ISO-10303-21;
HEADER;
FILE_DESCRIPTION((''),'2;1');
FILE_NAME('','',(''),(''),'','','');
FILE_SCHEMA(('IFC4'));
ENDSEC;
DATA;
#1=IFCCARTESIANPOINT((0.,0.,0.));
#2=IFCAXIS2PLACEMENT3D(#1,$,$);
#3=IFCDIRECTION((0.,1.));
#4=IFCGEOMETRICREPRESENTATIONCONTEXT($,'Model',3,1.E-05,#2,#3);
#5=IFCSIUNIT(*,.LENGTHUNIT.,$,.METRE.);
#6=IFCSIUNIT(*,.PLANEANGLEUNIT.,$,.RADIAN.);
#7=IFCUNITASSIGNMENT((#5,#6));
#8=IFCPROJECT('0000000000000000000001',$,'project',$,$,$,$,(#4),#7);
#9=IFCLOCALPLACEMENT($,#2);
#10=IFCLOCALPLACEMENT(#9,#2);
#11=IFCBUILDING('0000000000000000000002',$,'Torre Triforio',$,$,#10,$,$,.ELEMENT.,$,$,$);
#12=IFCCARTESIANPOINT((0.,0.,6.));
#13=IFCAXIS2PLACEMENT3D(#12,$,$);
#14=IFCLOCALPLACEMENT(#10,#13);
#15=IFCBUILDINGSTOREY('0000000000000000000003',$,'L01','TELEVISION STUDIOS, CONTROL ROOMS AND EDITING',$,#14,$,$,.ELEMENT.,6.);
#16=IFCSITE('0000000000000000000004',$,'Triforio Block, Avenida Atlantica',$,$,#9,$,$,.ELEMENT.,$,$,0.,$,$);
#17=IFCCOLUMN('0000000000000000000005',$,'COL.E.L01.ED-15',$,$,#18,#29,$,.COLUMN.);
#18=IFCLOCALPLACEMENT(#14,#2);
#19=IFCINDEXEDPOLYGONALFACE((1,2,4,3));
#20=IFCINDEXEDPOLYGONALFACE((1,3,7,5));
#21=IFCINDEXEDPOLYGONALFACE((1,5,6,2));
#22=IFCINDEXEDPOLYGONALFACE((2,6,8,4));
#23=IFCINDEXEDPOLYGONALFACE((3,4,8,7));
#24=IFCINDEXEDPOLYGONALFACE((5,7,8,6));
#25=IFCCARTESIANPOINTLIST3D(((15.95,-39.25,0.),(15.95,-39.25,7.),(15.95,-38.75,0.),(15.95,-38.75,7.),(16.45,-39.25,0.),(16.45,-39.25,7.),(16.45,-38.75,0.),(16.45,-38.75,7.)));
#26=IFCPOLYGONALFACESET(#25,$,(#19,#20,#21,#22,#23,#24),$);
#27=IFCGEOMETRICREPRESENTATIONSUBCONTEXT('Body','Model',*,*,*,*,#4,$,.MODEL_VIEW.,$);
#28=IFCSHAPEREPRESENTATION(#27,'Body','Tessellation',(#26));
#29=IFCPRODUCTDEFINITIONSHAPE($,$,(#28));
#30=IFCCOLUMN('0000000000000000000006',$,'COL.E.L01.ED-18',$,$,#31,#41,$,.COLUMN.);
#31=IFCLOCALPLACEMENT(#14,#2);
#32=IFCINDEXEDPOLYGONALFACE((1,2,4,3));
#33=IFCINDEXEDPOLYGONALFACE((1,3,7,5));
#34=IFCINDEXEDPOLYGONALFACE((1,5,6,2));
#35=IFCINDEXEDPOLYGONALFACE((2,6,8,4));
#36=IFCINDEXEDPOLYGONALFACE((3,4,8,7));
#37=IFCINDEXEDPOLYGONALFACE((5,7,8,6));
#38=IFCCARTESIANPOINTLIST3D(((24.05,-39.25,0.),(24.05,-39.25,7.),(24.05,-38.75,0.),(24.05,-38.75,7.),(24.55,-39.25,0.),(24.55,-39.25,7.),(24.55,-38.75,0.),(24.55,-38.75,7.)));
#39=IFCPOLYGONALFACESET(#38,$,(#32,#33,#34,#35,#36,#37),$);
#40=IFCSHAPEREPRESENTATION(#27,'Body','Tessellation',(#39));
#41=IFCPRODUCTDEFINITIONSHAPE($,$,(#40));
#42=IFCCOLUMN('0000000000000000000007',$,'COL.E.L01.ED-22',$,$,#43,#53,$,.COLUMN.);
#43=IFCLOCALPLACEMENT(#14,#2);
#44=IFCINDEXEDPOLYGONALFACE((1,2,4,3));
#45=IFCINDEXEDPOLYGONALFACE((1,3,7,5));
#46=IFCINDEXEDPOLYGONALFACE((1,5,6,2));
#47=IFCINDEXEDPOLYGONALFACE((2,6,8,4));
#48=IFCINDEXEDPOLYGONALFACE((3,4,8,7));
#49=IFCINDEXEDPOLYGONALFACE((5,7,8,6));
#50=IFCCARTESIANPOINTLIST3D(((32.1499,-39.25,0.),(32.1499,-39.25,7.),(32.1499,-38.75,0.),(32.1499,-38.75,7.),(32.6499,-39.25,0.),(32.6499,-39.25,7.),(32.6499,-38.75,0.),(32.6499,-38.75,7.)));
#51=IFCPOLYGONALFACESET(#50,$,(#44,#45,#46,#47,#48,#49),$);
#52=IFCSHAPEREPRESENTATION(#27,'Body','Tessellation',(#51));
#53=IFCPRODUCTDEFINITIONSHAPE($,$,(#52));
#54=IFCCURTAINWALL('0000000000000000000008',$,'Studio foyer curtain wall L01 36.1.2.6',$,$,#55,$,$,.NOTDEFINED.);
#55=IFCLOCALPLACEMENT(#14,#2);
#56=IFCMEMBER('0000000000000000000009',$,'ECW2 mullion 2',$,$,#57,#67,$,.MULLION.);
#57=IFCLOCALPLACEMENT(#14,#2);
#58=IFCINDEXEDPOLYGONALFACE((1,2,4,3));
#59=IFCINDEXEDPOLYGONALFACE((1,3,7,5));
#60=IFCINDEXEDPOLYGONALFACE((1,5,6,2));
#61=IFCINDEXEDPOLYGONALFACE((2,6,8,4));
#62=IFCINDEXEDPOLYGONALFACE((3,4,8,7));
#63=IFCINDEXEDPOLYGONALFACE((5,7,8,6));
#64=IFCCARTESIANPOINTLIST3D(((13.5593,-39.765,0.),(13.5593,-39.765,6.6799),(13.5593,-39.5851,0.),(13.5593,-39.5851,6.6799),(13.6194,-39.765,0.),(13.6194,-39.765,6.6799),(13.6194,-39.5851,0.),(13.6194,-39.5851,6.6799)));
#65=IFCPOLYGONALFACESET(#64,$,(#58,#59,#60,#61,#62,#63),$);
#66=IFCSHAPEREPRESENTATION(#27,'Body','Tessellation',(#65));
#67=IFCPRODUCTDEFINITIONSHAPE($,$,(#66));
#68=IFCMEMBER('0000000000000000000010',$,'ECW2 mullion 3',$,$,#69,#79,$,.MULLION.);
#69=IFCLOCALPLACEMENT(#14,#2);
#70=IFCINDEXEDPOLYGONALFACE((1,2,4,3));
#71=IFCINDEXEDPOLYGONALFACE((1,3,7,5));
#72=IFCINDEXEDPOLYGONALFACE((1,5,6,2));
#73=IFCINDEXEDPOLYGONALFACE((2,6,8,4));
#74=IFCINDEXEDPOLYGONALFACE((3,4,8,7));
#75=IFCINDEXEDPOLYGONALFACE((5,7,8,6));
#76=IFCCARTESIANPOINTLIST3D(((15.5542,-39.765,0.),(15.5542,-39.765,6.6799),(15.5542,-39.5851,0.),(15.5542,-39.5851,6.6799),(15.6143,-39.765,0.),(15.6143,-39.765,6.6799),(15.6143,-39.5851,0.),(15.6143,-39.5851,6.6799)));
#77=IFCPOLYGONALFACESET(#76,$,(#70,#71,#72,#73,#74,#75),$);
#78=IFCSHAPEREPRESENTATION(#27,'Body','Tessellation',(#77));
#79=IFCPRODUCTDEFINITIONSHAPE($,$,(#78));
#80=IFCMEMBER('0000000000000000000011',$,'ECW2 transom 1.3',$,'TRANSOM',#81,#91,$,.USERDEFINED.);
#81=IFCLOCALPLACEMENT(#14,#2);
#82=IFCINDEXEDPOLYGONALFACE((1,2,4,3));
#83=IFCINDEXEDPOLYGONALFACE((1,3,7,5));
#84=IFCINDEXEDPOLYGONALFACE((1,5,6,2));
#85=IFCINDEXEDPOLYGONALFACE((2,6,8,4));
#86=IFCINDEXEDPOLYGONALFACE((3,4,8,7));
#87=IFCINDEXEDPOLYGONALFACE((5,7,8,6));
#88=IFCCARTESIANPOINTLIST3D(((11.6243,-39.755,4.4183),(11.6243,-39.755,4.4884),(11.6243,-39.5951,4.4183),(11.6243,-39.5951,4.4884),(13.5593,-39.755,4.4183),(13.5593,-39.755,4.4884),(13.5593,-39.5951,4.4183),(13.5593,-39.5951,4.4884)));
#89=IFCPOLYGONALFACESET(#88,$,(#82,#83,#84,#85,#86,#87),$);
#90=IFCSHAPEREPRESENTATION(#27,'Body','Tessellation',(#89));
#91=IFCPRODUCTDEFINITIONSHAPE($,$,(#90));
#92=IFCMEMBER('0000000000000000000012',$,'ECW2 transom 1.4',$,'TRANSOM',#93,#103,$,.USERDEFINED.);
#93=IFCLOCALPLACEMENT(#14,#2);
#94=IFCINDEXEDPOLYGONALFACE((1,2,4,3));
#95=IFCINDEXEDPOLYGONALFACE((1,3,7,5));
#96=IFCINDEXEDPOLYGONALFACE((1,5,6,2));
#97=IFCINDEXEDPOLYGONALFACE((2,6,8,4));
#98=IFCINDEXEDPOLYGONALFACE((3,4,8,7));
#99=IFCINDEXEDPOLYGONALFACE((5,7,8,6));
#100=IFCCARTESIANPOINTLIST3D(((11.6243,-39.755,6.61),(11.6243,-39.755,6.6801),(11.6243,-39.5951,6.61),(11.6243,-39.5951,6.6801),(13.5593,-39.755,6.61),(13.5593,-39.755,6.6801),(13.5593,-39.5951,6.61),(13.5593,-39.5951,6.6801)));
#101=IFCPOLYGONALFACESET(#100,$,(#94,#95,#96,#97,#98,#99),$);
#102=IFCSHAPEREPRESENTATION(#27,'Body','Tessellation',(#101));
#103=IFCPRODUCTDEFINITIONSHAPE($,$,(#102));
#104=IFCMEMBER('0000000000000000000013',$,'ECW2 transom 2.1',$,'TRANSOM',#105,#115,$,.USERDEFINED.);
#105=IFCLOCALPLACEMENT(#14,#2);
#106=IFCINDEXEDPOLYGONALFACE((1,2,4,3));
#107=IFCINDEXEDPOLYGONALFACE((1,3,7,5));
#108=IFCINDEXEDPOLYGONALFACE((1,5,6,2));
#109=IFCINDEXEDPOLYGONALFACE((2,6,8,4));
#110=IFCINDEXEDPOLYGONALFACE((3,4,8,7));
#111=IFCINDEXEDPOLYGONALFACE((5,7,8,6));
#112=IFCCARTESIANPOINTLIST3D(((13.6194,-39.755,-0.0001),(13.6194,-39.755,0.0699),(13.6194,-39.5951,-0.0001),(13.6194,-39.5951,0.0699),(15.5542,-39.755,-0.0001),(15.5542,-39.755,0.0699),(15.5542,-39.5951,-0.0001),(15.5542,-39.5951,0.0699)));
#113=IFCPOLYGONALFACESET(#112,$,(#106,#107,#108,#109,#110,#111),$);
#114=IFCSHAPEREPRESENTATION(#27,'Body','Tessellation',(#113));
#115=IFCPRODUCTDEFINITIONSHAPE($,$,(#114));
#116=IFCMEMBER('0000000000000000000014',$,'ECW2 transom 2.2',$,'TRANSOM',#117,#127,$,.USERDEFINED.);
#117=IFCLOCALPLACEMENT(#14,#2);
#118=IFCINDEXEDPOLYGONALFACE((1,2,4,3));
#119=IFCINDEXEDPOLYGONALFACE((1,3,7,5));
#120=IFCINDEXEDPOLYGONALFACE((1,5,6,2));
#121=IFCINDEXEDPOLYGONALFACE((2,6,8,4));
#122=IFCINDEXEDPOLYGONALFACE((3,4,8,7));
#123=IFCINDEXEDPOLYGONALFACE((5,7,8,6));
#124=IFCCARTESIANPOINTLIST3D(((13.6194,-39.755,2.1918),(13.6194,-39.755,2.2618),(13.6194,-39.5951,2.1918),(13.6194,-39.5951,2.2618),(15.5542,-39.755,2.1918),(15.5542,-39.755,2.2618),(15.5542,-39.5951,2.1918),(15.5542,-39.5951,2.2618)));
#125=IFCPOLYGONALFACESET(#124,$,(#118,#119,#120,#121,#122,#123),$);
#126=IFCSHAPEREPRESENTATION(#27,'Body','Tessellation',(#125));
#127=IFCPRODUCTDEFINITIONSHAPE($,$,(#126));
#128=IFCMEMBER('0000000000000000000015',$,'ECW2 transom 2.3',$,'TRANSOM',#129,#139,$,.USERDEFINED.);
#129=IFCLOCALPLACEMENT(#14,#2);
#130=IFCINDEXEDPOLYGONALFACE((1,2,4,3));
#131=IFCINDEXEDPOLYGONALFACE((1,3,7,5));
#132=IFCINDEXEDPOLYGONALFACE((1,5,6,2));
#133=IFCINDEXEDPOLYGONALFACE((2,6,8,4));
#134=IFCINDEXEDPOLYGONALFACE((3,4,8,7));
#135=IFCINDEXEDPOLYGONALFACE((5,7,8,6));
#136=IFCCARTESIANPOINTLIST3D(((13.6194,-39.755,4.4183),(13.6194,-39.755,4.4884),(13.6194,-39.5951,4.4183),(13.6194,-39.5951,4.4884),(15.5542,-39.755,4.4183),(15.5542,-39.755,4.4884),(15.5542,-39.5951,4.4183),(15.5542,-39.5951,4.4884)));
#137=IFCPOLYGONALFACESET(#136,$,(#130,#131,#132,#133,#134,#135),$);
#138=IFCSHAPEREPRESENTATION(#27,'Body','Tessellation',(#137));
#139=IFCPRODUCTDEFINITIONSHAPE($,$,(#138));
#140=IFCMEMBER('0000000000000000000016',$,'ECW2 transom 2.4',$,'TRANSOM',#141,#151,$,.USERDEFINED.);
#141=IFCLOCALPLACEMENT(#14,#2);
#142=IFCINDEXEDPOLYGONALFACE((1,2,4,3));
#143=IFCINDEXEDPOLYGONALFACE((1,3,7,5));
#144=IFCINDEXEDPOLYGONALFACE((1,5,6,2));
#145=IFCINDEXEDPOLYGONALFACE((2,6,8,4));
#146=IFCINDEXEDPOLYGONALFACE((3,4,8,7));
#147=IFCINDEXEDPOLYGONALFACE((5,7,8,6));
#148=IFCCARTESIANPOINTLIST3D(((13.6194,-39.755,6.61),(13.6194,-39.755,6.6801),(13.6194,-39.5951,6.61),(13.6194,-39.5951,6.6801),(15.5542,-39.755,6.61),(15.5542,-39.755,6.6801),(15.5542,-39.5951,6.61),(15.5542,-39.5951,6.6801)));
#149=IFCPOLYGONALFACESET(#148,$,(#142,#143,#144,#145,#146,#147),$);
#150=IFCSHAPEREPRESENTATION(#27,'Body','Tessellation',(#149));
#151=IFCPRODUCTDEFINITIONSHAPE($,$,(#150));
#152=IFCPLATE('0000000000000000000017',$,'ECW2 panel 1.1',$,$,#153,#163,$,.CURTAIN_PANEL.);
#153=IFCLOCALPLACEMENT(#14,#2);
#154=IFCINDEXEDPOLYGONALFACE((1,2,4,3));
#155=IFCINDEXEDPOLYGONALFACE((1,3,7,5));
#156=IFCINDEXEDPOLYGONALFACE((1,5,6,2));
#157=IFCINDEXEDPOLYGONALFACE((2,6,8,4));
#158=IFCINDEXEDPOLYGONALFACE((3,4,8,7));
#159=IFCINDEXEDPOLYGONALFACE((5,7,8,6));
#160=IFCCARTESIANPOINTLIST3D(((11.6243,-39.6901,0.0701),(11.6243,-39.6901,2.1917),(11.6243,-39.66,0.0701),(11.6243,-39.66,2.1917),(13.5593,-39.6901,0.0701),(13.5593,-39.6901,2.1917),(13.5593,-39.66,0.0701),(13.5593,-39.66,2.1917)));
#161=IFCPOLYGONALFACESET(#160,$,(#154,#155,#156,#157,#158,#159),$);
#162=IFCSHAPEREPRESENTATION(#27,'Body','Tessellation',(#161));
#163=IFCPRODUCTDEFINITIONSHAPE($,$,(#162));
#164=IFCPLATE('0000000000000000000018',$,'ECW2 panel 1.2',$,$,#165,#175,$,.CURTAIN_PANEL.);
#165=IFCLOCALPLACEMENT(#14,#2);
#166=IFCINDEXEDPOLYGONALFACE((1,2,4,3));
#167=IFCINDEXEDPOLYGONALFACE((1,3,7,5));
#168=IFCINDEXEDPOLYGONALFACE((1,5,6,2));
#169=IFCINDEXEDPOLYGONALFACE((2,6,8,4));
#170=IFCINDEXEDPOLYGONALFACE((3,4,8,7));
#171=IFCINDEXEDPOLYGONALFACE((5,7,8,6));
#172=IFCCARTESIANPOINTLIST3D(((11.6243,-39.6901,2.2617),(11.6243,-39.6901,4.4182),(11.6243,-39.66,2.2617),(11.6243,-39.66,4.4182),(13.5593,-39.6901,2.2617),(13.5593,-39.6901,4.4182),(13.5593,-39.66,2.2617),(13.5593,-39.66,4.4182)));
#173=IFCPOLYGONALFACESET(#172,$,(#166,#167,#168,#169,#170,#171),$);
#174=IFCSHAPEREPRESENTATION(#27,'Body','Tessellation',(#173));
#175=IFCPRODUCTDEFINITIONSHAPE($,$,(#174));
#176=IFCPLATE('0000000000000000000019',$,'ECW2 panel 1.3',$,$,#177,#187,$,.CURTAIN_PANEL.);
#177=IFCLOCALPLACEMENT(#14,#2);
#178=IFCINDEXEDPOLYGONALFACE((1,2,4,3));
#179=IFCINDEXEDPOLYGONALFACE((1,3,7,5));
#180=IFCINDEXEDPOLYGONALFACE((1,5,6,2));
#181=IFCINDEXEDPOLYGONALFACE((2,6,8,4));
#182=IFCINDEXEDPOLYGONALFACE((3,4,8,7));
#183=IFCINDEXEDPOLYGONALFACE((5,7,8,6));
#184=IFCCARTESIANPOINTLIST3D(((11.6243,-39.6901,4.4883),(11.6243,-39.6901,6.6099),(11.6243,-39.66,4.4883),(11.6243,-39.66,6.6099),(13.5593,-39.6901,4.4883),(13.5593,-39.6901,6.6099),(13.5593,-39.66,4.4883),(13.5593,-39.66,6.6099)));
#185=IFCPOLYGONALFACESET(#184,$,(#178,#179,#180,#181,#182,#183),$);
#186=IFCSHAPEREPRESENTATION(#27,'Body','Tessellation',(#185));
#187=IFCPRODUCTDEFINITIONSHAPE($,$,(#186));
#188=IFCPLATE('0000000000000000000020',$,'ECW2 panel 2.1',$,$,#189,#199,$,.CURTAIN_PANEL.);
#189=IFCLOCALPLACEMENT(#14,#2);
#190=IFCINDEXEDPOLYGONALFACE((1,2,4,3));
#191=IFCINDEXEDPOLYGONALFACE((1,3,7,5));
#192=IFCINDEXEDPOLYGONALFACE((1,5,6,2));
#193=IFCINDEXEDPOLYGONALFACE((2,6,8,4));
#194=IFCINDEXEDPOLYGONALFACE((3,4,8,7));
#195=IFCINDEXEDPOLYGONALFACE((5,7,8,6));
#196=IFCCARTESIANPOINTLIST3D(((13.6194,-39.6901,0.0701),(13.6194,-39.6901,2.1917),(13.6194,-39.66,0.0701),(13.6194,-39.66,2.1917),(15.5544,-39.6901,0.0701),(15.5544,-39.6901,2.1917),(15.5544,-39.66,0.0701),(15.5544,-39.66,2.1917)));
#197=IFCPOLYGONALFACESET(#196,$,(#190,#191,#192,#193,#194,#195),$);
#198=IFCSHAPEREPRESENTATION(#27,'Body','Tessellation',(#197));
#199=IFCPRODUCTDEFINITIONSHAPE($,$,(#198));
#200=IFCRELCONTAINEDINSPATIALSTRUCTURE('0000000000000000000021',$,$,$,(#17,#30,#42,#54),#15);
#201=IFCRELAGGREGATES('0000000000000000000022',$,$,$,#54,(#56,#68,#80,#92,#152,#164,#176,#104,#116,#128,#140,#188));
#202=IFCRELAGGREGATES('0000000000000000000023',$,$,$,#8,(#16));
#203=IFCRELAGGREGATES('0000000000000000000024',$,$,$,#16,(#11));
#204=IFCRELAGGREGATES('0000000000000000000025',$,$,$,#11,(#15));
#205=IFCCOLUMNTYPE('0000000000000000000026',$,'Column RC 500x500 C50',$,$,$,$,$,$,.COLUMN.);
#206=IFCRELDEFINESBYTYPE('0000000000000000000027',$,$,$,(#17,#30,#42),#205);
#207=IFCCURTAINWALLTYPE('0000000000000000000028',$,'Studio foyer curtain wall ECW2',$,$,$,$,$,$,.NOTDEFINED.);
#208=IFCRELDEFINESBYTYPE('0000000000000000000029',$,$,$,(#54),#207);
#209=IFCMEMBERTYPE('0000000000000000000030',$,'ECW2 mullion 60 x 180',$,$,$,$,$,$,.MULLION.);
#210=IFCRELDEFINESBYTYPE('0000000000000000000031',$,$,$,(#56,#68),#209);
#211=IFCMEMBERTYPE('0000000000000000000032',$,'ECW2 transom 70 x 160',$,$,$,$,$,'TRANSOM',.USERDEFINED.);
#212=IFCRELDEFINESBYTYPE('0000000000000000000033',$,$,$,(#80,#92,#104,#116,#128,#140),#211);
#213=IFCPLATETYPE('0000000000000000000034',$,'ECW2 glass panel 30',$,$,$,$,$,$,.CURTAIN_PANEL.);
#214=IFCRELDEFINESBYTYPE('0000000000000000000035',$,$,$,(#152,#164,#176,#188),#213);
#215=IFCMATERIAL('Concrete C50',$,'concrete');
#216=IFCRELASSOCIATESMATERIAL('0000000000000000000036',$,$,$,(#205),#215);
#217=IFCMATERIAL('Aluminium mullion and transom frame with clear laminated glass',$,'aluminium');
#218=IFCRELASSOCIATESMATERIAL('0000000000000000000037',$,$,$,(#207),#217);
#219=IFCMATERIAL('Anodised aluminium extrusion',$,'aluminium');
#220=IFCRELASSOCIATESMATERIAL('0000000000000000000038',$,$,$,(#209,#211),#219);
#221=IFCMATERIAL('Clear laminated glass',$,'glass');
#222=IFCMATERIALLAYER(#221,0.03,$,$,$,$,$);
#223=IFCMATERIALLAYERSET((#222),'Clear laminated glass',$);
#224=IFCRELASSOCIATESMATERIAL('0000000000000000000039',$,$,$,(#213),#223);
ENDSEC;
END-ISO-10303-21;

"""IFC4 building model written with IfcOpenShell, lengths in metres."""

from ifc_helpers import new_model, si_unit, direction, frame, origin, origin_2d, place, context, subcontext, project, spatial, rectangle, extrude, material, layer, layer_set, material_profile, profile_set, type_object, element, aggregate, save


model = new_model("IFC4")

# Units and contexts
model_context = context("Model", 3, precision=1e-05, world=origin(), true_north=direction((0.0, 1.0)))
body_context = subcontext(model_context, "Body", "Model", "MODEL_VIEW")
ifc_project = project(units=[si_unit("LENGTHUNIT", "METRE"), si_unit("PLANEANGLEUNIT", "RADIAN")], contexts=[model_context])

# Site, building, storey
site_placement = place(None, origin())
site = spatial("IfcSite", under=ifc_project, at=site_placement, Name="Triforio Block, Avenida Atlantica", CompositionType="ELEMENT", RefElevation=0.0)
building_placement = place(site_placement, origin())
building = spatial("IfcBuilding", under=site, at=building_placement, Name="Torre Triforio", CompositionType="ELEMENT")
storey_placement = place(building_placement, frame((0.0, 0.0, 6.0)))
storey = spatial("IfcBuildingStorey", under=building, at=storey_placement, Name="L01", Description="TELEVISION STUDIOS, CONTROL ROOMS AND EDITING", CompositionType="ELEMENT", Elevation=6.0)

# Columns
ifc_material_1 = material(Name="Concrete C50", Category="concrete")
ifc_material_profile_1 = material_profile(ifc_material_1, rectangle(XDim=0.5, YDim=0.5, at=origin_2d()), Name="RC 500x500")
ifc_profile_set_1 = profile_set([ifc_material_profile_1], Name="Concrete C50")
column_type = type_object("IfcColumnType", Name="Column RC 500x500 C50", PredefinedType="COLUMN", material=ifc_profile_set_1)
for number, where, z_axis, x_axis, name in (
    (1, (16.2, -39.0, 0.0), (0.0, 0.0, 1.0), (1.0, 0.0, 0.0), "COL.E.L01.ED-15"),
    (2, (24.3, -39.0, 0.0), (0.0, 0.0, 1.0), (1.0, 0.0, 0.0), "COL.E.L01.ED-18"),
    (3, (32.3999, -39.0, 0.0), (0.0, 0.0, 1.0), (1.0, 0.0, 0.0), "COL.E.L01.ED-22"),
):
    element("IfcColumn", number, at=place(storey_placement, frame(where, z_axis=z_axis, x_axis=x_axis)), inside=storey, type_object=column_type, Name=name, PredefinedType="COLUMN", context=body_context, shape_type="SweptSolid", body=[
        extrude(rectangle(XDim=0.5, YDim=0.5, at=origin_2d()), origin(), (0.0, 0.0, 1.0), 7.0),
    ])

# Curtain wall, members, plates
ifc_material_2 = material(Name="Aluminium mullion and transom frame with clear laminated glass", Category="aluminium")
curtain_wall_type = type_object("IfcCurtainWallType", Name="Studio foyer curtain wall ECW2", PredefinedType="NOTDEFINED", material=ifc_material_2)
curtain_wall_placement = place(storey_placement, origin())
curtain_wall = element("IfcCurtainWall", 4, at=curtain_wall_placement, inside=storey, type_object=curtain_wall_type, Name="Studio foyer curtain wall L01 36.1.2.6", PredefinedType="NOTDEFINED")
ifc_material_3 = material(Name="Anodised aluminium extrusion", Category="aluminium")
ifc_material_profile_2 = material_profile(ifc_material_3, rectangle(XDim=0.1799, YDim=0.0601, at=origin_2d()), Name="ECW2 MULLION 60x180")
ifc_profile_set_2 = profile_set([ifc_material_profile_2], Name="Anodised aluminium extrusion")
member_type_1 = type_object("IfcMemberType", Name="ECW2 mullion 60 x 180", PredefinedType="MULLION", material=ifc_profile_set_2)
member_1_placement = place(storey_placement, frame((13.5894, -39.675, 0.0), z_axis=(0.0, 0.0, 1.0), x_axis=(0.0, 1.0, 0.0)))
member_1 = element("IfcMember", 5, at=member_1_placement, type_object=member_type_1, Name="ECW2 mullion 2", PredefinedType="MULLION", context=body_context, shape_type="SweptSolid", body=[
    extrude(rectangle(XDim=0.1799, YDim=0.0601, at=origin_2d()), origin(), (0.0, 0.0, 1.0), 6.6799),
])
member_2_placement = place(storey_placement, frame((15.5842, -39.675, 0.0), z_axis=(0.0, 0.0, 1.0), x_axis=(0.0, 1.0, 0.0)))
member_2 = element("IfcMember", 6, at=member_2_placement, type_object=member_type_1, Name="ECW2 mullion 3", PredefinedType="MULLION", context=body_context, shape_type="SweptSolid", body=[
    extrude(rectangle(XDim=0.1799, YDim=0.0601, at=origin_2d()), origin(), (0.0, 0.0, 1.0), 6.6799),
])
ifc_material_profile_3 = material_profile(ifc_material_3, rectangle(XDim=0.1599, YDim=0.0701, at=origin_2d()), Name="ECW2 TRANSOM 70x160")
ifc_profile_set_3 = profile_set([ifc_material_profile_3], Name="Anodised aluminium extrusion")
member_type_2 = type_object("IfcMemberType", Name="ECW2 transom 70 x 160", ElementType="TRANSOM", PredefinedType="USERDEFINED", material=ifc_profile_set_3)
member_3_placement = place(storey_placement, frame((11.6243, -39.675, 4.4534), z_axis=(1.0, 0.0, 0.0), x_axis=(0.0, 1.0, 0.0)))
member_3 = element("IfcMember", 7, at=member_3_placement, type_object=member_type_2, Name="ECW2 transom 1.3", ObjectType="TRANSOM", PredefinedType="USERDEFINED", context=body_context, shape_type="SweptSolid", body=[
    extrude(rectangle(XDim=0.1599, YDim=0.0701, at=origin_2d()), origin(), (0.0, 0.0, 1.0), 1.9351),
])
member_4_placement = place(storey_placement, frame((11.6243, -39.675, 6.645), z_axis=(1.0, 0.0, 0.0), x_axis=(0.0, 1.0, 0.0)))
member_4 = element("IfcMember", 8, at=member_4_placement, type_object=member_type_2, Name="ECW2 transom 1.4", ObjectType="TRANSOM", PredefinedType="USERDEFINED", context=body_context, shape_type="SweptSolid", body=[
    extrude(rectangle(XDim=0.1599, YDim=0.0701, at=origin_2d()), origin(), (0.0, 0.0, 1.0), 1.9351),
])
member_5_placement = place(storey_placement, frame((13.6194, -39.675, 0.0349), z_axis=(1.0, 0.0, 0.0), x_axis=(0.0, 1.0, 0.0)))
member_5 = element("IfcMember", 9, at=member_5_placement, type_object=member_type_2, Name="ECW2 transom 2.1", ObjectType="TRANSOM", PredefinedType="USERDEFINED", context=body_context, shape_type="SweptSolid", body=[
    extrude(rectangle(XDim=0.1599, YDim=0.0701, at=origin_2d()), origin(), (0.0, 0.0, 1.0), 1.9348),
])
member_6_placement = place(storey_placement, frame((13.6194, -39.675, 2.2268), z_axis=(1.0, 0.0, 0.0), x_axis=(0.0, 1.0, 0.0)))
member_6 = element("IfcMember", 10, at=member_6_placement, type_object=member_type_2, Name="ECW2 transom 2.2", ObjectType="TRANSOM", PredefinedType="USERDEFINED", context=body_context, shape_type="SweptSolid", body=[
    extrude(rectangle(XDim=0.1599, YDim=0.0701, at=origin_2d()), origin(), (0.0, 0.0, 1.0), 1.9348),
])
member_7_placement = place(storey_placement, frame((13.6194, -39.675, 4.4534), z_axis=(1.0, 0.0, 0.0), x_axis=(0.0, 1.0, 0.0)))
member_7 = element("IfcMember", 11, at=member_7_placement, type_object=member_type_2, Name="ECW2 transom 2.3", ObjectType="TRANSOM", PredefinedType="USERDEFINED", context=body_context, shape_type="SweptSolid", body=[
    extrude(rectangle(XDim=0.1599, YDim=0.0701, at=origin_2d()), origin(), (0.0, 0.0, 1.0), 1.9348),
])
member_8_placement = place(storey_placement, frame((13.6194, -39.675, 6.645), z_axis=(1.0, 0.0, 0.0), x_axis=(0.0, 1.0, 0.0)))
member_8 = element("IfcMember", 12, at=member_8_placement, type_object=member_type_2, Name="ECW2 transom 2.4", ObjectType="TRANSOM", PredefinedType="USERDEFINED", context=body_context, shape_type="SweptSolid", body=[
    extrude(rectangle(XDim=0.1599, YDim=0.0701, at=origin_2d()), origin(), (0.0, 0.0, 1.0), 1.9348),
])
ifc_material_4 = material(Name="Clear laminated glass", Category="glass")
ifc_layer_1 = layer(ifc_material_4, 0.03)
ifc_layer_set_1 = layer_set([ifc_layer_1], Name="Clear laminated glass")
plate_type = type_object("IfcPlateType", Name="ECW2 glass panel 30", PredefinedType="CURTAIN_PANEL", material=ifc_layer_set_1)
plate_1_placement = place(storey_placement, frame((12.5918, -39.675, 0.0701), z_axis=(0.0, 0.0, 1.0), x_axis=(1.0, 0.0, 0.0)))
plate_1 = element("IfcPlate", 13, at=plate_1_placement, type_object=plate_type, Name="ECW2 panel 1.1", PredefinedType="CURTAIN_PANEL", context=body_context, shape_type="SweptSolid", body=[
    extrude(rectangle(XDim=1.9351, YDim=0.03, at=origin_2d()), origin(), (0.0, 0.0, 1.0), 2.1216),
])
plate_2_placement = place(storey_placement, frame((12.5918, -39.675, 2.2617), z_axis=(0.0, 0.0, 1.0), x_axis=(1.0, 0.0, 0.0)))
plate_2 = element("IfcPlate", 14, at=plate_2_placement, type_object=plate_type, Name="ECW2 panel 1.2", PredefinedType="CURTAIN_PANEL", context=body_context, shape_type="SweptSolid", body=[
    extrude(rectangle(XDim=1.9351, YDim=0.03, at=origin_2d()), origin(), (0.0, 0.0, 1.0), 2.1565),
])
plate_3_placement = place(storey_placement, frame((12.5918, -39.675, 4.4883), z_axis=(0.0, 0.0, 1.0), x_axis=(1.0, 0.0, 0.0)))
plate_3 = element("IfcPlate", 15, at=plate_3_placement, type_object=plate_type, Name="ECW2 panel 1.3", PredefinedType="CURTAIN_PANEL", context=body_context, shape_type="SweptSolid", body=[
    extrude(rectangle(XDim=1.9351, YDim=0.03, at=origin_2d()), origin(), (0.0, 0.0, 1.0), 2.1216),
])
plate_4_placement = place(storey_placement, frame((14.5869, -39.675, 0.0701), z_axis=(0.0, 0.0, 1.0), x_axis=(1.0, 0.0, 0.0)))
plate_4 = element("IfcPlate", 16, at=plate_4_placement, type_object=plate_type, Name="ECW2 panel 2.1", PredefinedType="CURTAIN_PANEL", context=body_context, shape_type="SweptSolid", body=[
    extrude(rectangle(XDim=1.9351, YDim=0.03, at=origin_2d()), origin(), (0.0, 0.0, 1.0), 2.1216),
])
aggregate(curtain_wall, [member_1, member_2, member_3, member_4, plate_1, plate_2, plate_3, member_5, member_6, member_7, member_8, plate_4])

save(model, "model.ifc")
